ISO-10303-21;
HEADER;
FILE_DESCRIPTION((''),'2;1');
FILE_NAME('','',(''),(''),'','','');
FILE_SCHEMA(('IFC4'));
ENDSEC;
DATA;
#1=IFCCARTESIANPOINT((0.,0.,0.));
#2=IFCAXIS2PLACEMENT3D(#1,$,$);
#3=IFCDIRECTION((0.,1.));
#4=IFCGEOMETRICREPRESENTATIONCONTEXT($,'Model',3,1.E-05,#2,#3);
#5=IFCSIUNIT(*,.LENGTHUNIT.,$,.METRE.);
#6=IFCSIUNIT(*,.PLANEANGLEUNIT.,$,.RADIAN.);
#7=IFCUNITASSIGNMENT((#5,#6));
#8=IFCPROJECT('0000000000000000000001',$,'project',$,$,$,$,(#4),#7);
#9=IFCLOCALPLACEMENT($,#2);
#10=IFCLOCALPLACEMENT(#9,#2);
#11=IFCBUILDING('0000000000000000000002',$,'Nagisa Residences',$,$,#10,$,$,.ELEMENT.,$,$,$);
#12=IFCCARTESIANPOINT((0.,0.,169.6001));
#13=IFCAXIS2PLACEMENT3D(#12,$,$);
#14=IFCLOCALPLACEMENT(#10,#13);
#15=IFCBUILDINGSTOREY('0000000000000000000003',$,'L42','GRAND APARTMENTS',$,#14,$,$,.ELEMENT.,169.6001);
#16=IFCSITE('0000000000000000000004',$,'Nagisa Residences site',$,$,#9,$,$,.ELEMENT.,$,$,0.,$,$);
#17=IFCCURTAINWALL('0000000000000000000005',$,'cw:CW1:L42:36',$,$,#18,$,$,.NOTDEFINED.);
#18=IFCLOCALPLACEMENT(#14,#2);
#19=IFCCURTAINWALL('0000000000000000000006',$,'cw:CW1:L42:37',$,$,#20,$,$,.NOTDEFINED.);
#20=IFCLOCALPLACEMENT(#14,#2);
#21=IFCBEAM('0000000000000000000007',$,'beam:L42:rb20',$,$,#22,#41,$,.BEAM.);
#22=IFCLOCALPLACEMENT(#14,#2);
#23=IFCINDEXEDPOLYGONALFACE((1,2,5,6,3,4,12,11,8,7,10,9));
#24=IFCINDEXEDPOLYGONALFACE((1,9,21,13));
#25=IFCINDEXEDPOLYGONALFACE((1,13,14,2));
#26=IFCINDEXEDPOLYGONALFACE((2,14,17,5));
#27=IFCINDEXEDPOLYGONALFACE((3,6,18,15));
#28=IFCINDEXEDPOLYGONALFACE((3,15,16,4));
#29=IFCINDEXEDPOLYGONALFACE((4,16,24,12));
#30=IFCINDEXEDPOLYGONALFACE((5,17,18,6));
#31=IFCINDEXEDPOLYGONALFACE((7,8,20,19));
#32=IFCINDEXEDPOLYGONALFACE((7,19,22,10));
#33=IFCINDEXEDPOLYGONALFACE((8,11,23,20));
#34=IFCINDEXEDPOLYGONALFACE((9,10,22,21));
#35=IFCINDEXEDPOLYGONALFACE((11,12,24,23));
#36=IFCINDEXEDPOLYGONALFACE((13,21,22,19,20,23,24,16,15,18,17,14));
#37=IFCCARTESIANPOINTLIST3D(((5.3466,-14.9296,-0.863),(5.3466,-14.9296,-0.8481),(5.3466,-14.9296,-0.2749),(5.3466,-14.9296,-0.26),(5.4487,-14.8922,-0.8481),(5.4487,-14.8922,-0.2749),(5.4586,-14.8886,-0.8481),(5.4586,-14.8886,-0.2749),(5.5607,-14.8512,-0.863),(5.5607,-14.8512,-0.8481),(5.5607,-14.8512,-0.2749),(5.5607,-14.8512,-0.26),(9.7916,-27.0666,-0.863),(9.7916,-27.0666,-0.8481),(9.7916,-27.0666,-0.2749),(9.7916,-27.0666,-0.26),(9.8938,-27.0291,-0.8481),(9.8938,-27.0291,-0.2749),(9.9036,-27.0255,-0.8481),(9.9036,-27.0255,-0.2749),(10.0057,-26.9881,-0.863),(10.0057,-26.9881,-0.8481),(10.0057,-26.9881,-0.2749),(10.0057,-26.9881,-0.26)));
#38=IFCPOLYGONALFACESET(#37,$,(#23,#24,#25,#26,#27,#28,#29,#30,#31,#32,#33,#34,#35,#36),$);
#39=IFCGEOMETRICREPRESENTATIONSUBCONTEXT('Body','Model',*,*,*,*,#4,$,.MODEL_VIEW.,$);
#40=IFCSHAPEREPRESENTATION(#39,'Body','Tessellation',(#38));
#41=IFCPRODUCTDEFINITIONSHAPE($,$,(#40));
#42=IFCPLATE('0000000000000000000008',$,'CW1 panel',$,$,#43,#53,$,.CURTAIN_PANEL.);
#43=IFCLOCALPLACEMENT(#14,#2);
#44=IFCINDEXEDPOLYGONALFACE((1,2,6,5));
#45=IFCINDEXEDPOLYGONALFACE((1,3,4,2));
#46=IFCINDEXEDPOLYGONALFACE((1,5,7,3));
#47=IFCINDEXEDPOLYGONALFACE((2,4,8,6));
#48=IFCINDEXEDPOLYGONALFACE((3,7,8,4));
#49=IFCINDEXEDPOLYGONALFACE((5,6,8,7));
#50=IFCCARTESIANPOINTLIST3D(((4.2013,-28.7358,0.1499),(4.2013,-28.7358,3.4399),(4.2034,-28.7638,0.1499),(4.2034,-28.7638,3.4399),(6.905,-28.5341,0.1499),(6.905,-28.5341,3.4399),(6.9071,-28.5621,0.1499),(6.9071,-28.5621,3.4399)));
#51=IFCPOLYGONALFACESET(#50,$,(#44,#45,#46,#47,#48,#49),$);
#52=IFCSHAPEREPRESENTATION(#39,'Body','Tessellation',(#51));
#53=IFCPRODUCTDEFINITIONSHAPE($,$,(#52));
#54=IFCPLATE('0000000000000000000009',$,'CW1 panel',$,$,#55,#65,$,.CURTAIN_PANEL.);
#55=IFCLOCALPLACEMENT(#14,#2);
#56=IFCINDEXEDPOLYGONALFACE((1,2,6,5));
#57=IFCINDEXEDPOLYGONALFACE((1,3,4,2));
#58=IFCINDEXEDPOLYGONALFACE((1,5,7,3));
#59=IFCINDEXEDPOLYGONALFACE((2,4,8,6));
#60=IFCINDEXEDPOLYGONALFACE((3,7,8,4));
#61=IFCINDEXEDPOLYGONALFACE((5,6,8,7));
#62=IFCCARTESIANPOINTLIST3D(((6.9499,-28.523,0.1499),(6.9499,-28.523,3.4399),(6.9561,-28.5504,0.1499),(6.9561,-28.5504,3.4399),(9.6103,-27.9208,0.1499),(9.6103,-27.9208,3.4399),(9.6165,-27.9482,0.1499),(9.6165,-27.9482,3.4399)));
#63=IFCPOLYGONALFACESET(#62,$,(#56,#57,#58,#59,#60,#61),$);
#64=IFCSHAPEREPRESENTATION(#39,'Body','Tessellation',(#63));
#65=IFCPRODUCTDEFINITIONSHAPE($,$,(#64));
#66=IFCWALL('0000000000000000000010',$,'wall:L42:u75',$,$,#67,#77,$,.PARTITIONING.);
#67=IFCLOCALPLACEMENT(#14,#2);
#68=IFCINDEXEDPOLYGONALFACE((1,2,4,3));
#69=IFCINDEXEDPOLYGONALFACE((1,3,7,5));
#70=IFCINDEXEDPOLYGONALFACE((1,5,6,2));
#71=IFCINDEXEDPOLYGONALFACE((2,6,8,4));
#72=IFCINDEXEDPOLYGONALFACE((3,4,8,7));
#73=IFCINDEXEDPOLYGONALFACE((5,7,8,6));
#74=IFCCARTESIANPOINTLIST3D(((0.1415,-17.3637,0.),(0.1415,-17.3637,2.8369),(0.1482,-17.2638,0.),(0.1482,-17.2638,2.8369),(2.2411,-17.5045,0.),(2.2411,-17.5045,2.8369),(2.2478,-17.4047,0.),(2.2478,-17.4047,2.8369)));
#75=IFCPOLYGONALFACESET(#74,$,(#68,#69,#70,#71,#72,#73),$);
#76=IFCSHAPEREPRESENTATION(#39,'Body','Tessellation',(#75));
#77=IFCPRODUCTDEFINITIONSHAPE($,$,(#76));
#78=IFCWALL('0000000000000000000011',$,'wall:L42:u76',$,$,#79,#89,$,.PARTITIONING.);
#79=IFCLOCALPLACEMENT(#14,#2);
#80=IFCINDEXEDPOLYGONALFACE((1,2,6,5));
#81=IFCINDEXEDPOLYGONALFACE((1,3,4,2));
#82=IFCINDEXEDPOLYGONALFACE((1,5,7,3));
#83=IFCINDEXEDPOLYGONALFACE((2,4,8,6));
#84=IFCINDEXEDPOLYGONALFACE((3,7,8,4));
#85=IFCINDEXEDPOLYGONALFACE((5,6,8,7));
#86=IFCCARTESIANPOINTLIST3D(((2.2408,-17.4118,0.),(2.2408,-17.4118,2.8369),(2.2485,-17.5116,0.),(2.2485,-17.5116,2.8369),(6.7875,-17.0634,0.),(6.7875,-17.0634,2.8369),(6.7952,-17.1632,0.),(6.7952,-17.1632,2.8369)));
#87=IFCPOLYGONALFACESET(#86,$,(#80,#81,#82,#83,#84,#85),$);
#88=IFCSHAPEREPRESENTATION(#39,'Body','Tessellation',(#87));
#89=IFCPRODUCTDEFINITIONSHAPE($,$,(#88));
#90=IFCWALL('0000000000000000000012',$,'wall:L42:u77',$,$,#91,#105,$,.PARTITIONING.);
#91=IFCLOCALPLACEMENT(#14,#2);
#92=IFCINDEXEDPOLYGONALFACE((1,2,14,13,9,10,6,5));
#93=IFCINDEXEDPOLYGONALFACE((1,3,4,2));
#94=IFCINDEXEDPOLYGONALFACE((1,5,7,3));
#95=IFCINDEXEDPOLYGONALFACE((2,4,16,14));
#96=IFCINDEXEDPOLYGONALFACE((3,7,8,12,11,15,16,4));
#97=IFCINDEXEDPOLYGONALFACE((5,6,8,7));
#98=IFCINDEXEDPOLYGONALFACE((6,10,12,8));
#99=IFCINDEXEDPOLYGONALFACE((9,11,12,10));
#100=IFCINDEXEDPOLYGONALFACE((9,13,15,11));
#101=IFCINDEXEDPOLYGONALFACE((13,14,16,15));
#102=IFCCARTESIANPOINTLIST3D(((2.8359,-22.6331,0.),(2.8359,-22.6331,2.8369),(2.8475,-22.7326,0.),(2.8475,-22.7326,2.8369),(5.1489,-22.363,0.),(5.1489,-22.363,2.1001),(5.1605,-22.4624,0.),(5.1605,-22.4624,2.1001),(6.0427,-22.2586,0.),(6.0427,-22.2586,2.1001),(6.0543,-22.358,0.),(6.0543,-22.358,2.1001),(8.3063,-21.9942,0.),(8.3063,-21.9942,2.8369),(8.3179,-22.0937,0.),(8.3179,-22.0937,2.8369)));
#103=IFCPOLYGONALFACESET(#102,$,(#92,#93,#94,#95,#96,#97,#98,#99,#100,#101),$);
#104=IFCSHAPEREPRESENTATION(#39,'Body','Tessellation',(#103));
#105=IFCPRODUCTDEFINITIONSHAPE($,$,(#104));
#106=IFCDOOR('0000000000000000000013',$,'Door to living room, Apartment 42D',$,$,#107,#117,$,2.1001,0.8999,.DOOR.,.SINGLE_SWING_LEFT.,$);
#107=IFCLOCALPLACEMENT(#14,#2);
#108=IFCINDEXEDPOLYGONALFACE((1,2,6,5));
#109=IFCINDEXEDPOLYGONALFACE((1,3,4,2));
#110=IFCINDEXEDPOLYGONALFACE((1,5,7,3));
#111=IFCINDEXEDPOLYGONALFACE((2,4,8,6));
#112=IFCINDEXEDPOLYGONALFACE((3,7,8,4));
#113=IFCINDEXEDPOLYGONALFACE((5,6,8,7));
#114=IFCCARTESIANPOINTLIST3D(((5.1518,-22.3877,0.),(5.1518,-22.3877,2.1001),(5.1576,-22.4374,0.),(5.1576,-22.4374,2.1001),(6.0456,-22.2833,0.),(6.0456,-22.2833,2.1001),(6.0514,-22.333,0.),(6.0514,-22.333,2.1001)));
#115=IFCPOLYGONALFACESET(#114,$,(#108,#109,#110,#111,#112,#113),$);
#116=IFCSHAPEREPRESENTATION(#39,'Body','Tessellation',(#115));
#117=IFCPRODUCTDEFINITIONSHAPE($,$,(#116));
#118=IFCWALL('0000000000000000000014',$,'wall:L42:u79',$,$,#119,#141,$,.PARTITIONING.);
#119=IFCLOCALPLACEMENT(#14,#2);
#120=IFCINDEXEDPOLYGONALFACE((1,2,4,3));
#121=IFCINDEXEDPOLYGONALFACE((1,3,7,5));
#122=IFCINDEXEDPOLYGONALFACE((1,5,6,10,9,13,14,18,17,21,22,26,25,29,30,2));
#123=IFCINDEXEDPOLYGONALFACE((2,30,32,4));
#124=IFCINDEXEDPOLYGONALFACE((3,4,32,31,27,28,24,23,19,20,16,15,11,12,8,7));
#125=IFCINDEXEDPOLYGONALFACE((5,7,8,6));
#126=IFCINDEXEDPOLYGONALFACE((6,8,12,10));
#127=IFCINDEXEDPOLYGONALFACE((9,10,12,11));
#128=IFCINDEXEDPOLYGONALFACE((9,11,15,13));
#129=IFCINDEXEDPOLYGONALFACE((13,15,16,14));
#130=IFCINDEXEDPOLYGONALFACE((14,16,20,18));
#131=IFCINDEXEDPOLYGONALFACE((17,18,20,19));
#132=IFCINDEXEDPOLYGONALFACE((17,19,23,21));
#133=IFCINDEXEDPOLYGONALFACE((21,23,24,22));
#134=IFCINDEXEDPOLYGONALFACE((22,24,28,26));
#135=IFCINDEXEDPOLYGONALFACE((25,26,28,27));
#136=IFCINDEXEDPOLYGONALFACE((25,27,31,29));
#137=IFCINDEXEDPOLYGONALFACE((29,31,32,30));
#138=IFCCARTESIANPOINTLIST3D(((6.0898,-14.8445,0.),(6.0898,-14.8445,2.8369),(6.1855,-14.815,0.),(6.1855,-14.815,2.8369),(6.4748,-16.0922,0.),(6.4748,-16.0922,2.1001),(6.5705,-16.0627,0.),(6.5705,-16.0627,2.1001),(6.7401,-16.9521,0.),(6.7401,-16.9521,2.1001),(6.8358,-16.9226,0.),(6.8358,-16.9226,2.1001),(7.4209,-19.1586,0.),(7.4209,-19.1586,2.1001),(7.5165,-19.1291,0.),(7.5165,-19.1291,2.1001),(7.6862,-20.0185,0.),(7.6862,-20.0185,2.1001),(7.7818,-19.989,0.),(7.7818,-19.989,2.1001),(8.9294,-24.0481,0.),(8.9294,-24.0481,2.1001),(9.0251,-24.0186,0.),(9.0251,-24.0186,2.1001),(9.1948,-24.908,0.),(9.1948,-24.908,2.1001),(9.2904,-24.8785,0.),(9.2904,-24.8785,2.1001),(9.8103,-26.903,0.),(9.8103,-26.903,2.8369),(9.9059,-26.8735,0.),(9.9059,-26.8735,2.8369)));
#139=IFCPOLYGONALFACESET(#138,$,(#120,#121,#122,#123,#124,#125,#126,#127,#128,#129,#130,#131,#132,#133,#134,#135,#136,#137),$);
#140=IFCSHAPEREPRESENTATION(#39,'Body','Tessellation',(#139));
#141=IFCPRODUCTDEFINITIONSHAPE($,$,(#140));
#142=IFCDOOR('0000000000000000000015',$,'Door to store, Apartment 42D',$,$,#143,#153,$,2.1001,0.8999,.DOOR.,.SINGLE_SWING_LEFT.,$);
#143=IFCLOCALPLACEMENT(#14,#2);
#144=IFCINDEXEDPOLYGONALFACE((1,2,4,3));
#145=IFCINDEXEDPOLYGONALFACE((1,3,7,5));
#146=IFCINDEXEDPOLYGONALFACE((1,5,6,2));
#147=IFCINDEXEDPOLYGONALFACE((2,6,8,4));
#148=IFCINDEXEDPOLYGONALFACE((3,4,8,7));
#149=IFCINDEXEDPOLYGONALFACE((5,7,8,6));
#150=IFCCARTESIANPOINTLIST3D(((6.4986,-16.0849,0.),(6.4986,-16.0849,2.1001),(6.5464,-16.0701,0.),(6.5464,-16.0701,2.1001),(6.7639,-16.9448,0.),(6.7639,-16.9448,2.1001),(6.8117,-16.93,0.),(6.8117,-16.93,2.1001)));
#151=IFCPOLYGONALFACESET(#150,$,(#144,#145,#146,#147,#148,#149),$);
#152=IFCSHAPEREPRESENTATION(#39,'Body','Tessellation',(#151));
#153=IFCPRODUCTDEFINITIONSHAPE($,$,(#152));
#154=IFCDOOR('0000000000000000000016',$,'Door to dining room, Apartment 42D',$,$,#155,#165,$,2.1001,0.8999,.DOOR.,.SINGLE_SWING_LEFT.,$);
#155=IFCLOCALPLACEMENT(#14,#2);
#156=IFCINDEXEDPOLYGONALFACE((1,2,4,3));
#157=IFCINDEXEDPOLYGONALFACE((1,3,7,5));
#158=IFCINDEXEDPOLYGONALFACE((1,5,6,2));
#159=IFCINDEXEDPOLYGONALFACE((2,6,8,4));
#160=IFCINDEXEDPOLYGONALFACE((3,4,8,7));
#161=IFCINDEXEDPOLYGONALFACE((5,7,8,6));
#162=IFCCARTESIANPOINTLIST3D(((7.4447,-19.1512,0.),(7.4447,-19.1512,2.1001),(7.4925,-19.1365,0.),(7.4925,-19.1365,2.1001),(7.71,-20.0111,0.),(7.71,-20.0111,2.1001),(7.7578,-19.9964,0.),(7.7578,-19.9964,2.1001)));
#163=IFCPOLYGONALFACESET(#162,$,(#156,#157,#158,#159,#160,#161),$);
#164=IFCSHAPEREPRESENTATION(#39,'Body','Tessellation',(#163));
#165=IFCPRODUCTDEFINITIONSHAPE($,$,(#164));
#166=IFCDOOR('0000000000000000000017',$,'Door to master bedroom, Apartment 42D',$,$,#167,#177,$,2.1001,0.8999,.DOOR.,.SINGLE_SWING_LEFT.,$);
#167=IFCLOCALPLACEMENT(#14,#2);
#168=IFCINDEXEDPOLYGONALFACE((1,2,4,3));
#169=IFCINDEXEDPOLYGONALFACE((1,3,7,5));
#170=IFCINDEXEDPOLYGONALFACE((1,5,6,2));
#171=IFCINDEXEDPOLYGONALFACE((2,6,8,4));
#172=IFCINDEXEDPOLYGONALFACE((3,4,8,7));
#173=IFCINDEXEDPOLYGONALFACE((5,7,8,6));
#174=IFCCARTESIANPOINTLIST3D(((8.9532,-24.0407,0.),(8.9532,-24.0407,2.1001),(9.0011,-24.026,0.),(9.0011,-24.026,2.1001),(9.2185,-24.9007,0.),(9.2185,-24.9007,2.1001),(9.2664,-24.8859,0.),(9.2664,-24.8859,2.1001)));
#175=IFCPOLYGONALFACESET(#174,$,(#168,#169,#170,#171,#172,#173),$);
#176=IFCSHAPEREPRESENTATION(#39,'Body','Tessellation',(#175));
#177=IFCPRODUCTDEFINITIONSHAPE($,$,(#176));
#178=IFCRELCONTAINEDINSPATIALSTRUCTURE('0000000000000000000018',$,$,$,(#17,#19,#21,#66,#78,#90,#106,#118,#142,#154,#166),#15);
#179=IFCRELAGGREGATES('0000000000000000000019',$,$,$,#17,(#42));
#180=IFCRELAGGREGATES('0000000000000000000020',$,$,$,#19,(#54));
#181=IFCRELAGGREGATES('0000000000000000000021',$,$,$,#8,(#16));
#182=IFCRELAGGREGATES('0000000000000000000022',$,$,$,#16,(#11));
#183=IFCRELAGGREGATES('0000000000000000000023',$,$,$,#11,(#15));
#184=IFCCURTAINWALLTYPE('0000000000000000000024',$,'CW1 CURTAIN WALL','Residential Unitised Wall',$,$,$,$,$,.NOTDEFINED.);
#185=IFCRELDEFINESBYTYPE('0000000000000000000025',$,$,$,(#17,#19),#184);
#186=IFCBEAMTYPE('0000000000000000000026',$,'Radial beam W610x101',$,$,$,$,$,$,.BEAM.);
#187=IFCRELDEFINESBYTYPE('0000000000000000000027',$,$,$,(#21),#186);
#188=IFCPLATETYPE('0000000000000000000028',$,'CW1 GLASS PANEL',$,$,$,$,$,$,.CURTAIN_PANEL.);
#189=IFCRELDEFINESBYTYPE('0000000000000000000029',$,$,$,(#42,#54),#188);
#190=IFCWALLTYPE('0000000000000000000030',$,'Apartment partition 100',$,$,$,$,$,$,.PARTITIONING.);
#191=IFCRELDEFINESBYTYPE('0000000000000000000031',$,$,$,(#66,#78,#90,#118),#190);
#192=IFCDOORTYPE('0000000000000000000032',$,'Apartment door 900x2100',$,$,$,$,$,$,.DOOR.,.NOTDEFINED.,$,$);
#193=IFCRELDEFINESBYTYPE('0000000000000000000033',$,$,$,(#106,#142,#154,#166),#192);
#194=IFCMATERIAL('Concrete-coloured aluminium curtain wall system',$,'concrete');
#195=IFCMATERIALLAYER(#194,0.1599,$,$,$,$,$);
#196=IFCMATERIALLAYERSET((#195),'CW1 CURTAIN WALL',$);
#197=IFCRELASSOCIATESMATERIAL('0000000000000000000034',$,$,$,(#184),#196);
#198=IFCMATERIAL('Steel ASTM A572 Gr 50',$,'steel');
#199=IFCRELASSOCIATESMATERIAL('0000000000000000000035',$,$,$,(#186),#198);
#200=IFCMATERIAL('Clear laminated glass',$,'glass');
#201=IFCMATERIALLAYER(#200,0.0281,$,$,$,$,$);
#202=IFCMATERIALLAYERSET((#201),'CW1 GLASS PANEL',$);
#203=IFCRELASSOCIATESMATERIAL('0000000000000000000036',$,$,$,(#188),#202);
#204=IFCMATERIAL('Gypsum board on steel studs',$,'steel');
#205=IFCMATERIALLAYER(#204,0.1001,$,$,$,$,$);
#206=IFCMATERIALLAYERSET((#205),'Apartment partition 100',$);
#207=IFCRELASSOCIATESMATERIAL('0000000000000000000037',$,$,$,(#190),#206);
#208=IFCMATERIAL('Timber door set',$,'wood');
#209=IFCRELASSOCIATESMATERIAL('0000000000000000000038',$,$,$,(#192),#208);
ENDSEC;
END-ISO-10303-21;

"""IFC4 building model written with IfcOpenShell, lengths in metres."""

from ifc_helpers import new_model, si_unit, direction, frame, frame_2d, origin, origin_2d, place, context, subcontext, project, spatial, rectangle, i_section, extrude, material, layer, layer_set, material_profile, profile_set, type_object, element, fill, aggregate, save


model = new_model("IFC4")

# Units and contexts
model_context = context("Model", 3, precision=1e-05, world=origin(), true_north=direction((0.0, 1.0)))
body_context = subcontext(model_context, "Body", "Model", "MODEL_VIEW")
ifc_project = project(units=[si_unit("LENGTHUNIT", "METRE"), si_unit("PLANEANGLEUNIT", "RADIAN")], contexts=[model_context])

# Site, building, storey
site_placement = place(None, origin())
site = spatial("IfcSite", under=ifc_project, at=site_placement, Name="Nagisa Residences site", CompositionType="ELEMENT", RefElevation=0.0)
building_placement = place(site_placement, origin())
building = spatial("IfcBuilding", under=site, at=building_placement, Name="Nagisa Residences", CompositionType="ELEMENT")
storey_placement = place(building_placement, frame((0.0, 0.0, 169.6001)))
storey = spatial("IfcBuildingStorey", under=building, at=storey_placement, Name="L42", Description="GRAND APARTMENTS", CompositionType="ELEMENT", Elevation=169.6001)

# Curtain walls
ifc_material_1 = material(Name="Concrete-coloured aluminium curtain wall system", Category="concrete")
ifc_layer_1 = layer(ifc_material_1, 0.1599)
ifc_layer_set_1 = layer_set([ifc_layer_1], Name="CW1 CURTAIN WALL")
curtain_wall_type = type_object("IfcCurtainWallType", Name="CW1 CURTAIN WALL", Description="Residential Unitised Wall", PredefinedType="NOTDEFINED", material=ifc_layer_set_1)
curtain_wall_1_placement = place(storey_placement, origin())
curtain_wall_1 = element("IfcCurtainWall", 1, at=curtain_wall_1_placement, inside=storey, type_object=curtain_wall_type, Name="cw:CW1:L42:36", PredefinedType="NOTDEFINED")
curtain_wall_2_placement = place(storey_placement, origin())
curtain_wall_2 = element("IfcCurtainWall", 2, at=curtain_wall_2_placement, inside=storey, type_object=curtain_wall_type, Name="cw:CW1:L42:37", PredefinedType="NOTDEFINED")

# Beam
ifc_material_2 = material(Name="Steel ASTM A572 Gr 50", Category="steel")
ifc_material_profile_1 = material_profile(ifc_material_2, i_section(OverallWidth=0.228, OverallDepth=0.603, WebThickness=0.0105, FlangeThickness=0.0149, at=origin_2d()), Name="W610x101")
ifc_profile_set_1 = profile_set([ifc_material_profile_1], Name="Steel ASTM A572 Gr 50")
beam_type_1 = type_object("IfcBeamType", Name="Radial beam W610x101", PredefinedType="BEAM", material=ifc_profile_set_1)
beam_1_placement = place(storey_placement, frame((9.8987, -27.0273, -0.5615), z_axis=(-0.343903, 0.939005, 0.0), x_axis=(-0.939005, -0.343903, 0.0)))
element("IfcBeam", 3, at=beam_1_placement, inside=storey, type_object=beam_type_1, Name="beam:L42:rb20", PredefinedType="BEAM", context=body_context, shape_type="SweptSolid", body=[
    extrude(i_section(OverallWidth=0.228, OverallDepth=0.603, WebThickness=0.0105, FlangeThickness=0.0149, at=origin_2d()), origin(), (0.0, 0.0, 1.0), 12.9253),
])

# Plates
ifc_material_3 = material(Name="Clear laminated glass", Category="glass")
ifc_layer_2 = layer(ifc_material_3, 0.0281)
ifc_layer_set_2 = layer_set([ifc_layer_2], Name="CW1 GLASS PANEL")
plate_type = type_object("IfcPlateType", Name="CW1 GLASS PANEL", PredefinedType="CURTAIN_PANEL", material=ifc_layer_set_2)
plate_1_placement = place(storey_placement, frame((5.5542, -28.6489, 0.1499), z_axis=(0.0, 0.0, 1.0), x_axis=(0.99723, 0.074377, 0.0)))
plate_1 = element("IfcPlate", 4, at=plate_1_placement, type_object=plate_type, Name="CW1 panel", PredefinedType="CURTAIN_PANEL", context=body_context, shape_type="SweptSolid", body=[
    extrude(rectangle(XDim=2.7112, YDim=0.0281, at=origin_2d()), origin(), (0.0, 0.0, 1.0), 3.29),
])
aggregate(curtain_wall_1, [plate_1])
plate_2_placement = place(storey_placement, frame((8.2832, -28.2356, 0.1499), z_axis=(0.0, 0.0, 1.0), x_axis=(0.975327, 0.220764, 0.0)))
plate_2 = element("IfcPlate", 5, at=plate_2_placement, type_object=plate_type, Name="CW1 panel", PredefinedType="CURTAIN_PANEL", context=body_context, shape_type="SweptSolid", body=[
    extrude(rectangle(XDim=2.7278, YDim=0.0281, at=origin_2d()), origin(), (0.0, 0.0, 1.0), 3.29),
])
aggregate(curtain_wall_2, [plate_2])

# Walls
ifc_material_4 = material(Name="Gypsum board on steel studs", Category="steel")
ifc_layer_3 = layer(ifc_material_4, 0.1001)
ifc_layer_set_3 = layer_set([ifc_layer_3], Name="Apartment partition 100")
wall_type_1 = type_object("IfcWallType", Name="Apartment partition 100", PredefinedType="PARTITIONING", material=ifc_layer_set_3)
wall_1_placement = place(storey_placement, frame((0.1448, -17.3137, 0.0), z_axis=(0.0, 0.0, 1.0), x_axis=(0.997757, -0.066943, 0.0)))
element("IfcWall", 6, at=wall_1_placement, inside=storey, type_object=wall_type_1, Name="wall:L42:u75", PredefinedType="PARTITIONING", context=body_context, shape_type="SweptSolid", body=[
    extrude(rectangle(XDim=2.1042, YDim=0.1001, at=frame_2d((1.0522, 0.0))), origin(), (0.0, 0.0, 1.0), 2.8369),
])
wall_2_placement = place(storey_placement, frame((2.2446, -17.4617, 0.0), z_axis=(0.0, 0.0, 1.0), x_axis=(0.997077, 0.076402, 0.0)))
element("IfcWall", 7, at=wall_2_placement, inside=storey, type_object=wall_type_1, Name="wall:L42:u76", PredefinedType="PARTITIONING", context=body_context, shape_type="SweptSolid", body=[
    extrude(rectangle(XDim=4.5601, YDim=0.1001, at=frame_2d((2.28, 0.0))), origin(), (0.0, 0.0, 1.0), 2.8369),
])

# Wall, opening, door
wall_3_placement = place(storey_placement, frame((2.8416, -22.6829, 0.0), z_axis=(0.0, 0.0, 1.0), x_axis=(0.993249, 0.116005, 0.0)))
wall_3 = element("IfcWall", 8, at=wall_3_placement, inside=storey, type_object=wall_type_1, Name="wall:L42:u77", PredefinedType="PARTITIONING", context=body_context, shape_type="SweptSolid", body=[
    extrude(rectangle(XDim=5.5076, YDim=0.1001, at=frame_2d((2.7539, 0.0))), origin(), (0.0, 0.0, 1.0), 2.8369),
])
opening_1_placement = place(wall_3_placement, frame((2.3289, 0.0, 0.0)))
opening_1 = element("IfcOpeningElement", 9, at=opening_1_placement, cuts=wall_3, PredefinedType="OPENING", context=body_context, shape_type="SweptSolid", body=[
    extrude(rectangle(XDim=0.8999, YDim=2.1001, at=frame_2d((0.45, 1.05))), frame((0.0, 0.0601, 0.0), z_axis=(0.0, -1.0, 0.0), x_axis=(1.0, 0.0, 0.0)), (0.0, 0.0, 1.0), 0.1201),
])
ifc_material_5 = material(Name="Timber door set", Category="wood")
door_type_1 = type_object("IfcDoorType", Name="Apartment door 900x2100", OperationType="NOTDEFINED", PredefinedType="DOOR", material=ifc_material_5)
door_1_placement = place(opening_1_placement, frame((0.8999, 0.0, 0.0), x_axis=(-1.0, 0.0, 0.0)))
door_1 = element("IfcDoor", 10, at=door_1_placement, inside=storey, type_object=door_type_1, Name="Door to living room, Apartment 42D", OperationType="SINGLE_SWING_LEFT", OverallHeight=2.1001, OverallWidth=0.8999, PredefinedType="DOOR", context=body_context, shape_type="SweptSolid", body=[
    extrude(rectangle(XDim=0.8999, YDim=2.1001, at=frame_2d((0.45, 1.05))), frame((0.0, 0.0249, 0.0), z_axis=(0.0, -1.0, 0.0), x_axis=(1.0, 0.0, 0.0)), (0.0, 0.0, 1.0), 0.05),
])
fill(opening_1, door_1)

# Wall, openings, doors
wall_4_placement = place(storey_placement, frame((6.1377, -14.8298, 0.0), z_axis=(0.0, 0.0, 1.0), x_axis=(0.294819, -0.955553, 0.0)))
wall_4 = element("IfcWall", 11, at=wall_4_placement, inside=storey, type_object=wall_type_1, Name="wall:L42:u79", PredefinedType="PARTITIONING", context=body_context, shape_type="SweptSolid", body=[
    extrude(rectangle(XDim=12.6194, YDim=0.1001, at=frame_2d((6.3096, 0.0))), origin(), (0.0, 0.0, 1.0), 2.8369),
])
opening_2_placement = place(wall_4_placement, frame((1.3057, 0.0, 0.0)))
opening_2 = element("IfcOpeningElement", 12, at=opening_2_placement, cuts=wall_4, PredefinedType="OPENING", context=body_context, shape_type="SweptSolid", body=[
    extrude(rectangle(XDim=0.8999, YDim=2.1001, at=frame_2d((0.45, 1.05))), frame((0.0, 0.0601, 0.0), z_axis=(0.0, -1.0, 0.0), x_axis=(1.0, 0.0, 0.0)), (0.0, 0.0, 1.0), 0.1201),
])
opening_3_placement = place(wall_4_placement, frame((4.5146, 0.0, 0.0)))
opening_3 = element("IfcOpeningElement", 13, at=opening_3_placement, cuts=wall_4, PredefinedType="OPENING", context=body_context, shape_type="SweptSolid", body=[
    extrude(rectangle(XDim=0.8999, YDim=2.1001, at=frame_2d((0.45, 1.05))), frame((0.0, 0.0601, 0.0), z_axis=(0.0, -1.0, 0.0), x_axis=(1.0, 0.0, 0.0)), (0.0, 0.0, 1.0), 0.1201),
])
opening_4_placement = place(wall_4_placement, frame((9.6316, 0.0, 0.0)))
opening_4 = element("IfcOpeningElement", 14, at=opening_4_placement, cuts=wall_4, PredefinedType="OPENING", context=body_context, shape_type="SweptSolid", body=[
    extrude(rectangle(XDim=0.8999, YDim=2.1001, at=frame_2d((0.45, 1.05))), frame((0.0, 0.0601, 0.0), z_axis=(0.0, -1.0, 0.0), x_axis=(1.0, 0.0, 0.0)), (0.0, 0.0, 1.0), 0.1201),
])
door_2_placement = place(opening_2_placement, origin())
door_2 = element("IfcDoor", 15, at=door_2_placement, inside=storey, type_object=door_type_1, Name="Door to store, Apartment 42D", OperationType="SINGLE_SWING_LEFT", OverallHeight=2.1001, OverallWidth=0.8999, PredefinedType="DOOR", context=body_context, shape_type="SweptSolid", body=[
    extrude(rectangle(XDim=0.8999, YDim=2.1001, at=frame_2d((0.45, 1.05))), frame((0.0, 0.0249, 0.0), z_axis=(0.0, -1.0, 0.0), x_axis=(1.0, 0.0, 0.0)), (0.0, 0.0, 1.0), 0.05),
])
fill(opening_2, door_2)
door_3_placement = place(opening_3_placement, origin())
door_3 = element("IfcDoor", 16, at=door_3_placement, inside=storey, type_object=door_type_1, Name="Door to dining room, Apartment 42D", OperationType="SINGLE_SWING_LEFT", OverallHeight=2.1001, OverallWidth=0.8999, PredefinedType="DOOR", context=body_context, shape_type="SweptSolid", body=[
    extrude(rectangle(XDim=0.8999, YDim=2.1001, at=frame_2d((0.45, 1.05))), frame((0.0, 0.0249, 0.0), z_axis=(0.0, -1.0, 0.0), x_axis=(1.0, 0.0, 0.0)), (0.0, 0.0, 1.0), 0.05),
])
fill(opening_3, door_3)
door_4_placement = place(opening_4_placement, origin())
door_4 = element("IfcDoor", 17, at=door_4_placement, inside=storey, type_object=door_type_1, Name="Door to master bedroom, Apartment 42D", OperationType="SINGLE_SWING_LEFT", OverallHeight=2.1001, OverallWidth=0.8999, PredefinedType="DOOR", context=body_context, shape_type="SweptSolid", body=[
    extrude(rectangle(XDim=0.8999, YDim=2.1001, at=frame_2d((0.45, 1.05))), frame((0.0, 0.0249, 0.0), z_axis=(0.0, -1.0, 0.0), x_axis=(1.0, 0.0, 0.0)), (0.0, 0.0, 1.0), 0.05),
])
fill(opening_4, door_4)

save(model, "model.ifc")
